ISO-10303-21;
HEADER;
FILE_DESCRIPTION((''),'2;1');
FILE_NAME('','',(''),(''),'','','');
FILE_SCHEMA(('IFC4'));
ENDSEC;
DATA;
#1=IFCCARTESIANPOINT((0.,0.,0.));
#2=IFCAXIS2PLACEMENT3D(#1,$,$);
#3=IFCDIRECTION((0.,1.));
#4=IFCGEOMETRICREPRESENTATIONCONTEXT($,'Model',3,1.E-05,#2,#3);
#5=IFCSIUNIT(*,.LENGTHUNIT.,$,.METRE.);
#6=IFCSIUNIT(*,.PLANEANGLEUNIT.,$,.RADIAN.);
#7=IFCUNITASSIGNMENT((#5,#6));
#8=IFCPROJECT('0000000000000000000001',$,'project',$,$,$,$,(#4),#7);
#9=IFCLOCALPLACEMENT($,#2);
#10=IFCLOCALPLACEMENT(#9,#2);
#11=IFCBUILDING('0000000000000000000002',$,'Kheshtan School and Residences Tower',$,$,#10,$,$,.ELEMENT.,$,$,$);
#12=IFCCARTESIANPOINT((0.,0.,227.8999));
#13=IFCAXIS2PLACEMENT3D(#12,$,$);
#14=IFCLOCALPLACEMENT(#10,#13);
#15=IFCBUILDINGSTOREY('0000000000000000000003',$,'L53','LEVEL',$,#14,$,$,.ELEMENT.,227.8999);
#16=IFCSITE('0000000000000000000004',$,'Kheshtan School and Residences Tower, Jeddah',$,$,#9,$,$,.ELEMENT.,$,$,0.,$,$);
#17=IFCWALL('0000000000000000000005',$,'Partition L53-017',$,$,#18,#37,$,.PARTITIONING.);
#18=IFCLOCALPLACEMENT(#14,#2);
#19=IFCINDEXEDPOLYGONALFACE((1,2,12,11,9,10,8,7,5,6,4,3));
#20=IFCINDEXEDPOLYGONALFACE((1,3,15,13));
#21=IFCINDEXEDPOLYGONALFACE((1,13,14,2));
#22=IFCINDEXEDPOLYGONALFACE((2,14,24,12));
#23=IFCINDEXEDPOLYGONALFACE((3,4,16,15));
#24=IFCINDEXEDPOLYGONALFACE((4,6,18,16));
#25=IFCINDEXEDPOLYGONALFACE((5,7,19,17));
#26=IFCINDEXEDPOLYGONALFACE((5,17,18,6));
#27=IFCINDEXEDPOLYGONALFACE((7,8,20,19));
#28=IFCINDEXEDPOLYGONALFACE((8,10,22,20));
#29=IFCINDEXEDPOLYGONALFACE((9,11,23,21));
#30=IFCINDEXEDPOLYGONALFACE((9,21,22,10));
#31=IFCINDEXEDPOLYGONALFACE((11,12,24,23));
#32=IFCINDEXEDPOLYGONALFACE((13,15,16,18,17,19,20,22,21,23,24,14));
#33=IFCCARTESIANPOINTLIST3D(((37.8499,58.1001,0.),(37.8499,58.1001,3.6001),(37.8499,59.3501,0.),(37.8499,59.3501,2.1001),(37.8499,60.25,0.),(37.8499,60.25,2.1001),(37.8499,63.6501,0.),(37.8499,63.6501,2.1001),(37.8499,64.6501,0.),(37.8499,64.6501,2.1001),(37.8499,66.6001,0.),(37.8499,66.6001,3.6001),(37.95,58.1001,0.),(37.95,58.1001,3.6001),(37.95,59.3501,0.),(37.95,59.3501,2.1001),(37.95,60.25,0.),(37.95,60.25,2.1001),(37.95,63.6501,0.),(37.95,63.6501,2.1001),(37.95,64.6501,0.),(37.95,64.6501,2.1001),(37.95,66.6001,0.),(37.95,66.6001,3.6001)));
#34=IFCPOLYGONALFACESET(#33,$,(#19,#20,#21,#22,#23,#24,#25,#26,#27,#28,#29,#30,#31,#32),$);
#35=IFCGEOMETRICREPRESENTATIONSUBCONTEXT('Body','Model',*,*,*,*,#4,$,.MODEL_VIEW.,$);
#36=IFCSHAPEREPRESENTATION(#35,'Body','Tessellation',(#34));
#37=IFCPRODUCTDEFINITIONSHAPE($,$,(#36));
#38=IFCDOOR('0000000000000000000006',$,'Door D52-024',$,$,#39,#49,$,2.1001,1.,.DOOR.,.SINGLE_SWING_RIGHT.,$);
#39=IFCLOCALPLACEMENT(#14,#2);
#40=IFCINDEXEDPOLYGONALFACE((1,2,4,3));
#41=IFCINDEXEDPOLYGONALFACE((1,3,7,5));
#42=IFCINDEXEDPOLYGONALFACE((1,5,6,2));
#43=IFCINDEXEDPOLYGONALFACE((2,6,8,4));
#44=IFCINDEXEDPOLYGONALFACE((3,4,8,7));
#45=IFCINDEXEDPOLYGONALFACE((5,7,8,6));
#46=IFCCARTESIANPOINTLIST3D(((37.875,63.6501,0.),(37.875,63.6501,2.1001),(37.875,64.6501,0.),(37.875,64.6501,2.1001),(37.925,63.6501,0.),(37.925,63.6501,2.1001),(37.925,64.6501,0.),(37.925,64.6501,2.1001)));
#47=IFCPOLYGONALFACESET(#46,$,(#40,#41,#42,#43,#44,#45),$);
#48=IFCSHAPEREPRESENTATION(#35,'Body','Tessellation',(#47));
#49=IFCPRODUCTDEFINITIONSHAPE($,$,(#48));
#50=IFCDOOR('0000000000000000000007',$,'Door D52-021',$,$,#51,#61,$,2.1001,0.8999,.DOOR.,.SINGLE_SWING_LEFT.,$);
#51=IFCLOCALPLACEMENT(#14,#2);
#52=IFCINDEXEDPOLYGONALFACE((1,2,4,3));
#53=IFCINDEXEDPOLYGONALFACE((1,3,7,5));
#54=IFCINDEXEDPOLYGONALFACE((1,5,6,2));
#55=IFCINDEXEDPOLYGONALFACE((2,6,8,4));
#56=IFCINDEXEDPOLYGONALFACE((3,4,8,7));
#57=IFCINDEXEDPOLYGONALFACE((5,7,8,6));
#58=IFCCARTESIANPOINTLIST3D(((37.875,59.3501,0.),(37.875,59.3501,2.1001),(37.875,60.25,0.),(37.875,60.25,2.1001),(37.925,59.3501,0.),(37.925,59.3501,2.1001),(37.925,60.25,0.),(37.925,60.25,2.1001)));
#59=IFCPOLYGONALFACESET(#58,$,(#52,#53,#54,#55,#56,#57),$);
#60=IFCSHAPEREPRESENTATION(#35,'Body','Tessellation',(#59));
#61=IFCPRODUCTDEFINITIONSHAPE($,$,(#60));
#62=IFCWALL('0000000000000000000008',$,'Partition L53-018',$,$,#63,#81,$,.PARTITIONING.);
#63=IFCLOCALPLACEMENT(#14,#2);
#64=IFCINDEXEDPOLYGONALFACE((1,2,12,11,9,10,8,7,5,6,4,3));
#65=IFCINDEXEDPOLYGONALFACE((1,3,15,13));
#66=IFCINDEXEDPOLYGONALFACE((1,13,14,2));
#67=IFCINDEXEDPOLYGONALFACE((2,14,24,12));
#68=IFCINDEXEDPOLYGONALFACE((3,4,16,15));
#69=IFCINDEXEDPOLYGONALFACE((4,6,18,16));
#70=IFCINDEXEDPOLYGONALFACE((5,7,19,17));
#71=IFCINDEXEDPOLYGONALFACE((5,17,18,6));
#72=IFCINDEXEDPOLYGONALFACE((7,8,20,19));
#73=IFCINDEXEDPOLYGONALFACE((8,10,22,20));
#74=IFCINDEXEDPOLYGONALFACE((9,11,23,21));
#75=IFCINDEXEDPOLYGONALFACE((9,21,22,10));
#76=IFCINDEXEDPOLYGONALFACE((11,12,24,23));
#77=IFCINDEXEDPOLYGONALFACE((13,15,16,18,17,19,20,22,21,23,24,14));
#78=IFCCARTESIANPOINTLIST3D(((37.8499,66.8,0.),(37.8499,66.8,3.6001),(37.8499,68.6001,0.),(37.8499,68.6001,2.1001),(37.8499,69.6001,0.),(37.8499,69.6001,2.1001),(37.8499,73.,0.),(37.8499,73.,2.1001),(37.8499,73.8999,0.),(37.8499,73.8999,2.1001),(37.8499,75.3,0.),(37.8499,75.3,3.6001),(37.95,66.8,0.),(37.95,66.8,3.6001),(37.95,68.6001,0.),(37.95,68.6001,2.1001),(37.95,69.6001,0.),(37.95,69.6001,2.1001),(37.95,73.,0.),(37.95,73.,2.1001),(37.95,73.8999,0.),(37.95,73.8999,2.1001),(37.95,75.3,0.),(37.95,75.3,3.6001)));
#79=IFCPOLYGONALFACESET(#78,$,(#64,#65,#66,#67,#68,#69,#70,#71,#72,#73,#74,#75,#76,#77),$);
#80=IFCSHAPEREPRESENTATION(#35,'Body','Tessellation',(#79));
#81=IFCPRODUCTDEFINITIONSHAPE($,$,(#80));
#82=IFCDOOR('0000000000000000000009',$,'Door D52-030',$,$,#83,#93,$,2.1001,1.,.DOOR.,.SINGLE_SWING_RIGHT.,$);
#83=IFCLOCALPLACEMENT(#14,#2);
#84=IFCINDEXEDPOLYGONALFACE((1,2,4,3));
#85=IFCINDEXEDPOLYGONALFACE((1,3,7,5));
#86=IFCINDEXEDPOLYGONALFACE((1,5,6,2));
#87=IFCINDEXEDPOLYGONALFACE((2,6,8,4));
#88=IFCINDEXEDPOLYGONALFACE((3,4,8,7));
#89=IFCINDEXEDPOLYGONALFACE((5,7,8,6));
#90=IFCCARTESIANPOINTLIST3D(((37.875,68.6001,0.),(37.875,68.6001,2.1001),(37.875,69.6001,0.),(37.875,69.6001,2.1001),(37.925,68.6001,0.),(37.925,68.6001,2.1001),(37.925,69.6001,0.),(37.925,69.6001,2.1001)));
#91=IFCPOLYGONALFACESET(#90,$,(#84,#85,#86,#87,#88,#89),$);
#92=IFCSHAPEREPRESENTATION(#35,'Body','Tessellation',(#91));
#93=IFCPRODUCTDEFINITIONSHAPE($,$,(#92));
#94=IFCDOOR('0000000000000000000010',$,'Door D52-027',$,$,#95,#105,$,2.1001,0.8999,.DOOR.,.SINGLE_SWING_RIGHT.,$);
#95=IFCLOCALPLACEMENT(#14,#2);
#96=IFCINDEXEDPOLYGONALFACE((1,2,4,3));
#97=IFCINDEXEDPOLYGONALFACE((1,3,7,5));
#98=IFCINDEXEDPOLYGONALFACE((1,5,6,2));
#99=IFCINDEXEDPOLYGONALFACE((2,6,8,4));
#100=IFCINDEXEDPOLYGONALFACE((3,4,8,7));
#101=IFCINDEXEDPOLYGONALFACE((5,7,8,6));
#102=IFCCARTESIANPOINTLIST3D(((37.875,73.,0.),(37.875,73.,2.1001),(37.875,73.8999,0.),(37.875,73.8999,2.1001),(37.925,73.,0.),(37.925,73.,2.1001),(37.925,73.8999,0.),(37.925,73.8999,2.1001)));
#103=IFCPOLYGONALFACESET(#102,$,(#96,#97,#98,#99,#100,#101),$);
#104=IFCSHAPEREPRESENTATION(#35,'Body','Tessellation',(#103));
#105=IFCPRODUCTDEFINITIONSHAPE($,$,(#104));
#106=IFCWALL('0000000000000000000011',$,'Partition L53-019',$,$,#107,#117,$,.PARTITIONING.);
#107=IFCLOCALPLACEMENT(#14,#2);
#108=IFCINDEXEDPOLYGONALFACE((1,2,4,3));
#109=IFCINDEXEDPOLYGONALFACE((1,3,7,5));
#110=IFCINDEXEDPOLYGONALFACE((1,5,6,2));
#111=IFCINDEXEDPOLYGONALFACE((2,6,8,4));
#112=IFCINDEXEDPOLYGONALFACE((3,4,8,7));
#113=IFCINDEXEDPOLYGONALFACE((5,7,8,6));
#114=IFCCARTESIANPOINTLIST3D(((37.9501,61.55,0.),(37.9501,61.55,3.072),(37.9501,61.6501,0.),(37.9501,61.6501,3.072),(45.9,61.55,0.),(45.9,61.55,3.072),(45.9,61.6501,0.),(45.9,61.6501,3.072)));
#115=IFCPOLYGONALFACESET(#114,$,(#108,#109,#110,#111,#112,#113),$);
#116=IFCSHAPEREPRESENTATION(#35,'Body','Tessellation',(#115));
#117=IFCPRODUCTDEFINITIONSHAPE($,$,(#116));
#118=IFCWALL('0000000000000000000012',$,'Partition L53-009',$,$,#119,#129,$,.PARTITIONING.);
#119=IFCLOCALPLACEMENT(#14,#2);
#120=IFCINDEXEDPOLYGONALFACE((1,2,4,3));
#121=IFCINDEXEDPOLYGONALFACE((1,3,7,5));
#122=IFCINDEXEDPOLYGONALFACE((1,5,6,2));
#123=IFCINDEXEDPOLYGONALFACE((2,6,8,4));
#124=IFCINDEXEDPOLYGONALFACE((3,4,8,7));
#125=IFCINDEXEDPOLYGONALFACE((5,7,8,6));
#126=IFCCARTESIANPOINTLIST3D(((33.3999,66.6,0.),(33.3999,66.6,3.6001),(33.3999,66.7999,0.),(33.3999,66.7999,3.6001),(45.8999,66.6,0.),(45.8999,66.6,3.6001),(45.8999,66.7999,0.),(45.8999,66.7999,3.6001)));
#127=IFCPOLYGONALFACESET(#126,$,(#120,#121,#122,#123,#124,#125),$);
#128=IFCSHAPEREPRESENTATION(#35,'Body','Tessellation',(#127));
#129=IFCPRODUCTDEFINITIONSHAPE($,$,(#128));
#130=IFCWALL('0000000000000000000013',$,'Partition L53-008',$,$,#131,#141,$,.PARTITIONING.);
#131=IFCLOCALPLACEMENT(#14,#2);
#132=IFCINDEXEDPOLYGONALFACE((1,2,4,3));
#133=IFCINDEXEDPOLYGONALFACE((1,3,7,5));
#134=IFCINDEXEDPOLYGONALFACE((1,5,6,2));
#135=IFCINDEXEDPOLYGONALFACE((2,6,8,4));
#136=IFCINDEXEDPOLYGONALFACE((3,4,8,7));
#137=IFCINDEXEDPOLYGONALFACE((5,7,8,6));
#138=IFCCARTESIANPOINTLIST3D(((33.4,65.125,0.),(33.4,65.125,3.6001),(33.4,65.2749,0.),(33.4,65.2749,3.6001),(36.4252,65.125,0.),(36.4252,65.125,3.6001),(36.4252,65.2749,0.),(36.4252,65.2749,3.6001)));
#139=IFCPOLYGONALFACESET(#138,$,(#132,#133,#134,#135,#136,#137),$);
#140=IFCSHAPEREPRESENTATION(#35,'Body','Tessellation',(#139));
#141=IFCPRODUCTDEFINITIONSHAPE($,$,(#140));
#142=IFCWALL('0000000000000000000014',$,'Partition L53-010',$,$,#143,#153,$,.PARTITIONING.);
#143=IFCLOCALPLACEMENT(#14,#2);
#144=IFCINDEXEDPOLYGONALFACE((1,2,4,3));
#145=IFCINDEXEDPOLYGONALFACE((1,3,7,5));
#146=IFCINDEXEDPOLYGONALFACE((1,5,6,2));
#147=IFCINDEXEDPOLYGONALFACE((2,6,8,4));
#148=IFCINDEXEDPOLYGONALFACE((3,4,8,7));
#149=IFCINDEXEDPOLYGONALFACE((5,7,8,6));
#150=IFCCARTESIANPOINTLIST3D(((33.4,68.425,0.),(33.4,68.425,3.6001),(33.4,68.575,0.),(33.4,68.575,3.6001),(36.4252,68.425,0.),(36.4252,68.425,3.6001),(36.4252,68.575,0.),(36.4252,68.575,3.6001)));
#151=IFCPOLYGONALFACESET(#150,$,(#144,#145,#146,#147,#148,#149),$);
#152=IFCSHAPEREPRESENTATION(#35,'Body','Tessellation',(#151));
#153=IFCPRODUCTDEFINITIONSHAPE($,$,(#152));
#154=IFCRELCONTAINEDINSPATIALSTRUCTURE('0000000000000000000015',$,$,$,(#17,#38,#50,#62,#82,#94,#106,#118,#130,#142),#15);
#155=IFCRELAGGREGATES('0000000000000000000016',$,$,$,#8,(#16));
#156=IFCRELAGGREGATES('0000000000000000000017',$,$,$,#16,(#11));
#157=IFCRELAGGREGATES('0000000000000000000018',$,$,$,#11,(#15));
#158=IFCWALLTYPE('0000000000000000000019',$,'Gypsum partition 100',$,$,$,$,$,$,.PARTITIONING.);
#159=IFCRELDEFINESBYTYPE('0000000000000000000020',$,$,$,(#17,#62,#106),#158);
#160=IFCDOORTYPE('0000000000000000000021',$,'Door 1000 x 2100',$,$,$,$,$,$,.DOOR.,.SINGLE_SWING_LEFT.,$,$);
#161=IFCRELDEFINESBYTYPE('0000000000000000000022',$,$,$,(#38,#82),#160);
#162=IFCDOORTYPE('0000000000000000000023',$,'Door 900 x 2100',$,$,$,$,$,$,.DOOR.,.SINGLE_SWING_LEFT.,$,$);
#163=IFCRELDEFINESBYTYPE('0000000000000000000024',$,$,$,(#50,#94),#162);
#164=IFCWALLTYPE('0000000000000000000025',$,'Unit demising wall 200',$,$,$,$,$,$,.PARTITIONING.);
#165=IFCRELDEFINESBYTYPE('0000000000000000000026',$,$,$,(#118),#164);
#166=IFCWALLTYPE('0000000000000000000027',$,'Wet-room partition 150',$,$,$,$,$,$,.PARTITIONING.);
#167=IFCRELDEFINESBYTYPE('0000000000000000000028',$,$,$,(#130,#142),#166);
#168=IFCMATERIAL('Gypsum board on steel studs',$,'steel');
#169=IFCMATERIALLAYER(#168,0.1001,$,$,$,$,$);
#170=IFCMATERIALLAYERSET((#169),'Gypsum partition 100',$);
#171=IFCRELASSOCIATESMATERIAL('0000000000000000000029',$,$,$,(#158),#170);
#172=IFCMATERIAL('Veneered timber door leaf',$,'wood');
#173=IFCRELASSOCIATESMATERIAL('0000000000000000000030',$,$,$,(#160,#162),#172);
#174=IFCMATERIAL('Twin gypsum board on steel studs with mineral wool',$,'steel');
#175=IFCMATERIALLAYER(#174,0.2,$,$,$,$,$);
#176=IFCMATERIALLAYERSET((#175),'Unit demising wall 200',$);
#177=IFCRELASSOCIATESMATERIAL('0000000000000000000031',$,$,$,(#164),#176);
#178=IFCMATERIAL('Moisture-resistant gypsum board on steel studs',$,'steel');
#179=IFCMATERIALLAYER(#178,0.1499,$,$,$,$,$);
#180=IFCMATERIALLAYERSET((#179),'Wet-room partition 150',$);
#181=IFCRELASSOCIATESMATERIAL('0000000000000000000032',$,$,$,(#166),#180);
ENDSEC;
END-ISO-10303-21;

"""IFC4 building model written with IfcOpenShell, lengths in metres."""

from ifc_helpers import new_model, si_unit, direction, frame, frame_2d, origin, place, context, subcontext, project, spatial, rectangle, extrude, source, transform, mapped, material, layer, layer_set, type_object, element, fill, save


model = new_model("IFC4")

# Units and contexts
model_context = context("Model", 3, precision=1e-05, world=origin(), true_north=direction((0.0, 1.0)))
body_context = subcontext(model_context, "Body", "Model", "MODEL_VIEW")
ifc_project = project(units=[si_unit("LENGTHUNIT", "METRE"), si_unit("PLANEANGLEUNIT", "RADIAN")], contexts=[model_context])

# Site, building, storey
site_placement = place(None, origin())
site = spatial("IfcSite", under=ifc_project, at=site_placement, Name="Kheshtan School and Residences Tower, Jeddah", CompositionType="ELEMENT", RefElevation=0.0)
building_placement = place(site_placement, origin())
building = spatial("IfcBuilding", under=site, at=building_placement, Name="Kheshtan School and Residences Tower", CompositionType="ELEMENT")
storey_placement = place(building_placement, frame((0.0, 0.0, 227.8999)))
storey = spatial("IfcBuildingStorey", under=building, at=storey_placement, Name="L53", Description="LEVEL", CompositionType="ELEMENT", Elevation=227.8999)

# Walls, openings, doors
ifc_material_1 = material(Name="Gypsum board on steel studs", Category="steel")
ifc_layer_1 = layer(ifc_material_1, 0.1001)
ifc_layer_set_1 = layer_set([ifc_layer_1], Name="Gypsum partition 100")
wall_type_1 = type_object("IfcWallType", Name="Gypsum partition 100", PredefinedType="PARTITIONING", material=ifc_layer_set_1)
wall_1_placement = place(storey_placement, frame((37.8999, 58.1001, 0.0), z_axis=(0.0, 0.0, 1.0), x_axis=(0.0, 1.0, 0.0)))
wall_1 = element("IfcWall", 1, at=wall_1_placement, inside=storey, type_object=wall_type_1, Name="Partition L53-017", PredefinedType="PARTITIONING", context=body_context, shape_type="SweptSolid", body=[
    extrude(rectangle(XDim=8.5, YDim=0.1001, at=frame_2d((4.25, 0.0))), origin(), (0.0, 0.0, 1.0), 3.6001),
])
opening_1_placement = place(wall_1_placement, frame((1.25, 0.0, 0.0)))
opening_1 = element("IfcOpeningElement", 2, at=opening_1_placement, cuts=wall_1, PredefinedType="OPENING", context=body_context, shape_type="SweptSolid", body=[
    extrude(rectangle(XDim=0.8999, YDim=2.1001, at=frame_2d((0.45, 1.05))), frame((0.0, 0.0601, 0.0), z_axis=(0.0, -1.0, 0.0), x_axis=(1.0, 0.0, 0.0)), (0.0, 0.0, 1.0), 0.1201),
])
opening_2_placement = place(wall_1_placement, frame((5.55, 0.0, 0.0)))
opening_2 = element("IfcOpeningElement", 3, at=opening_2_placement, cuts=wall_1, PredefinedType="OPENING", context=body_context, shape_type="SweptSolid", body=[
    extrude(rectangle(XDim=1.0, YDim=2.1001, at=frame_2d((0.5, 1.05))), frame((0.0, 0.0601, 0.0), z_axis=(0.0, -1.0, 0.0), x_axis=(1.0, 0.0, 0.0)), (0.0, 0.0, 1.0), 0.1201),
])
ifc_material_2 = material(Name="Veneered timber door leaf", Category="wood")
door_type_1 = type_object("IfcDoorType", Name="Door 1000 x 2100", OperationType="SINGLE_SWING_LEFT", PredefinedType="DOOR", material=ifc_material_2)
shared_shape_1 = source(origin(), body_context, "Body", "SweptSolid", [
    extrude(rectangle(XDim=1.0, YDim=2.1001, at=frame_2d((0.5, 1.05))), frame((0.0, 0.0249, 0.0), z_axis=(0.0, -1.0, 0.0), x_axis=(1.0, 0.0, 0.0)), (0.0, 0.0, 1.0), 0.05),
])
door_1_placement = place(opening_2_placement, origin())
door_1 = element("IfcDoor", 4, at=door_1_placement, inside=storey, type_object=door_type_1, Name="Door D52-024", OperationType="SINGLE_SWING_RIGHT", OverallHeight=2.1001, OverallWidth=1.0, PredefinedType="DOOR", context=body_context, shape_type="MappedRepresentation", body=[
    mapped(shared_shape_1, transform((0.0, 0.0, 0.0), x_axis=(1.0, 0.0, 0.0), y_axis=(0.0, 1.0, 0.0), z_axis=(0.0, 0.0, 1.0), scale=1.0)),
])
fill(opening_2, door_1)
door_type_2 = type_object("IfcDoorType", Name="Door 900 x 2100", OperationType="SINGLE_SWING_LEFT", PredefinedType="DOOR", material=ifc_material_2)
shared_shape_2 = source(origin(), body_context, "Body", "SweptSolid", [
    extrude(rectangle(XDim=0.8999, YDim=2.1001, at=frame_2d((0.45, 1.05))), frame((0.0, 0.0249, 0.0), z_axis=(0.0, -1.0, 0.0), x_axis=(1.0, 0.0, 0.0)), (0.0, 0.0, 1.0), 0.05),
])
door_2_placement = place(opening_1_placement, origin())
door_2 = element("IfcDoor", 5, at=door_2_placement, inside=storey, type_object=door_type_2, Name="Door D52-021", OperationType="SINGLE_SWING_LEFT", OverallHeight=2.1001, OverallWidth=0.8999, PredefinedType="DOOR", context=body_context, shape_type="MappedRepresentation", body=[
    mapped(shared_shape_2, transform((0.0, 0.0, 0.0), x_axis=(1.0, 0.0, 0.0), y_axis=(0.0, 1.0, 0.0), z_axis=(0.0, 0.0, 1.0), scale=1.0)),
])
fill(opening_1, door_2)
wall_2_placement = place(storey_placement, frame((37.8999, 66.8, 0.0), z_axis=(0.0, 0.0, 1.0), x_axis=(0.0, 1.0, 0.0)))
wall_2 = element("IfcWall", 6, at=wall_2_placement, inside=storey, type_object=wall_type_1, Name="Partition L53-018", PredefinedType="PARTITIONING", context=body_context, shape_type="SweptSolid", body=[
    extrude(rectangle(XDim=8.5, YDim=0.1001, at=frame_2d((4.25, 0.0))), origin(), (0.0, 0.0, 1.0), 3.6001),
])
opening_3_placement = place(wall_2_placement, frame((6.2, 0.0, 0.0)))
opening_3 = element("IfcOpeningElement", 7, at=opening_3_placement, cuts=wall_2, PredefinedType="OPENING", context=body_context, shape_type="SweptSolid", body=[
    extrude(rectangle(XDim=0.8999, YDim=2.1001, at=frame_2d((0.45, 1.05))), frame((0.0, 0.0601, 0.0), z_axis=(0.0, -1.0, 0.0), x_axis=(1.0, 0.0, 0.0)), (0.0, 0.0, 1.0), 0.1201),
])
opening_4_placement = place(wall_2_placement, frame((1.8, 0.0, 0.0)))
opening_4 = element("IfcOpeningElement", 8, at=opening_4_placement, cuts=wall_2, PredefinedType="OPENING", context=body_context, shape_type="SweptSolid", body=[
    extrude(rectangle(XDim=1.0, YDim=2.1001, at=frame_2d((0.5, 1.05))), frame((0.0, 0.0601, 0.0), z_axis=(0.0, -1.0, 0.0), x_axis=(1.0, 0.0, 0.0)), (0.0, 0.0, 1.0), 0.1201),
])
door_3_placement = place(opening_4_placement, origin())
door_3 = element("IfcDoor", 9, at=door_3_placement, inside=storey, type_object=door_type_1, Name="Door D52-030", OperationType="SINGLE_SWING_RIGHT", OverallHeight=2.1001, OverallWidth=1.0, PredefinedType="DOOR", context=body_context, shape_type="MappedRepresentation", body=[
    mapped(shared_shape_1, transform((0.0, 0.0, 0.0), x_axis=(1.0, 0.0, 0.0), y_axis=(0.0, 1.0, 0.0), z_axis=(0.0, 0.0, 1.0), scale=1.0)),
])
fill(opening_4, door_3)
door_4_placement = place(opening_3_placement, origin())
door_4 = element("IfcDoor", 10, at=door_4_placement, inside=storey, type_object=door_type_2, Name="Door D52-027", OperationType="SINGLE_SWING_RIGHT", OverallHeight=2.1001, OverallWidth=0.8999, PredefinedType="DOOR", context=body_context, shape_type="MappedRepresentation", body=[
    mapped(shared_shape_2, transform((0.0, 0.0, 0.0), x_axis=(1.0, 0.0, 0.0), y_axis=(0.0, 1.0, 0.0), z_axis=(0.0, 0.0, 1.0), scale=1.0)),
])
fill(opening_3, door_4)

# Walls
wall_3_placement = place(storey_placement, frame((37.95, 61.6001, 0.0), z_axis=(0.0, 0.0, 1.0), x_axis=(1.0, 0.0, 0.0)))
element("IfcWall", 11, at=wall_3_placement, inside=storey, type_object=wall_type_1, Name="Partition L53-019", PredefinedType="PARTITIONING", context=body_context, shape_type="SweptSolid", body=[
    extrude(rectangle(XDim=7.95, YDim=0.1001, at=frame_2d((3.9751, 0.0))), origin(), (0.0, 0.0, 1.0), 3.072),
])
ifc_material_3 = material(Name="Twin gypsum board on steel studs with mineral wool", Category="steel")
ifc_layer_2 = layer(ifc_material_3, 0.2)
ifc_layer_set_2 = layer_set([ifc_layer_2], Name="Unit demising wall 200")
wall_type_2 = type_object("IfcWallType", Name="Unit demising wall 200", PredefinedType="PARTITIONING", material=ifc_layer_set_2)
wall_4_placement = place(storey_placement, frame((33.3999, 66.7, 0.0), z_axis=(0.0, 0.0, 1.0), x_axis=(1.0, 0.0, 0.0)))
element("IfcWall", 12, at=wall_4_placement, inside=storey, type_object=wall_type_2, Name="Partition L53-009", PredefinedType="PARTITIONING", context=body_context, shape_type="SweptSolid", body=[
    extrude(rectangle(XDim=12.5, YDim=0.2, at=frame_2d((6.25, 0.0))), origin(), (0.0, 0.0, 1.0), 3.6001),
])
ifc_material_4 = material(Name="Moisture-resistant gypsum board on steel studs", Category="steel")
ifc_layer_3 = layer(ifc_material_4, 0.1499)
ifc_layer_set_3 = layer_set([ifc_layer_3], Name="Wet-room partition 150")
wall_type_3 = type_object("IfcWallType", Name="Wet-room partition 150", PredefinedType="PARTITIONING", material=ifc_layer_set_3)
for number, where, z_axis, x_axis, name in (
    (13, (33.3999, 65.2, 0.0), (0.0, 0.0, 1.0), (1.0, 0.0, 0.0), "Partition L53-008"),
    (14, (33.3999, 68.5, 0.0), (0.0, 0.0, 1.0), (1.0, 0.0, 0.0), "Partition L53-010"),
):
    element("IfcWall", number, at=place(storey_placement, frame(where, z_axis=z_axis, x_axis=x_axis)), inside=storey, type_object=wall_type_3, Name=name, PredefinedType="PARTITIONING", context=body_context, shape_type="SweptSolid", body=[
        extrude(rectangle(XDim=3.0251, YDim=0.1499, at=frame_2d((1.5127, 0.0))), origin(), (0.0, 0.0, 1.0), 3.6001),
    ])

save(model, "model.ifc")
